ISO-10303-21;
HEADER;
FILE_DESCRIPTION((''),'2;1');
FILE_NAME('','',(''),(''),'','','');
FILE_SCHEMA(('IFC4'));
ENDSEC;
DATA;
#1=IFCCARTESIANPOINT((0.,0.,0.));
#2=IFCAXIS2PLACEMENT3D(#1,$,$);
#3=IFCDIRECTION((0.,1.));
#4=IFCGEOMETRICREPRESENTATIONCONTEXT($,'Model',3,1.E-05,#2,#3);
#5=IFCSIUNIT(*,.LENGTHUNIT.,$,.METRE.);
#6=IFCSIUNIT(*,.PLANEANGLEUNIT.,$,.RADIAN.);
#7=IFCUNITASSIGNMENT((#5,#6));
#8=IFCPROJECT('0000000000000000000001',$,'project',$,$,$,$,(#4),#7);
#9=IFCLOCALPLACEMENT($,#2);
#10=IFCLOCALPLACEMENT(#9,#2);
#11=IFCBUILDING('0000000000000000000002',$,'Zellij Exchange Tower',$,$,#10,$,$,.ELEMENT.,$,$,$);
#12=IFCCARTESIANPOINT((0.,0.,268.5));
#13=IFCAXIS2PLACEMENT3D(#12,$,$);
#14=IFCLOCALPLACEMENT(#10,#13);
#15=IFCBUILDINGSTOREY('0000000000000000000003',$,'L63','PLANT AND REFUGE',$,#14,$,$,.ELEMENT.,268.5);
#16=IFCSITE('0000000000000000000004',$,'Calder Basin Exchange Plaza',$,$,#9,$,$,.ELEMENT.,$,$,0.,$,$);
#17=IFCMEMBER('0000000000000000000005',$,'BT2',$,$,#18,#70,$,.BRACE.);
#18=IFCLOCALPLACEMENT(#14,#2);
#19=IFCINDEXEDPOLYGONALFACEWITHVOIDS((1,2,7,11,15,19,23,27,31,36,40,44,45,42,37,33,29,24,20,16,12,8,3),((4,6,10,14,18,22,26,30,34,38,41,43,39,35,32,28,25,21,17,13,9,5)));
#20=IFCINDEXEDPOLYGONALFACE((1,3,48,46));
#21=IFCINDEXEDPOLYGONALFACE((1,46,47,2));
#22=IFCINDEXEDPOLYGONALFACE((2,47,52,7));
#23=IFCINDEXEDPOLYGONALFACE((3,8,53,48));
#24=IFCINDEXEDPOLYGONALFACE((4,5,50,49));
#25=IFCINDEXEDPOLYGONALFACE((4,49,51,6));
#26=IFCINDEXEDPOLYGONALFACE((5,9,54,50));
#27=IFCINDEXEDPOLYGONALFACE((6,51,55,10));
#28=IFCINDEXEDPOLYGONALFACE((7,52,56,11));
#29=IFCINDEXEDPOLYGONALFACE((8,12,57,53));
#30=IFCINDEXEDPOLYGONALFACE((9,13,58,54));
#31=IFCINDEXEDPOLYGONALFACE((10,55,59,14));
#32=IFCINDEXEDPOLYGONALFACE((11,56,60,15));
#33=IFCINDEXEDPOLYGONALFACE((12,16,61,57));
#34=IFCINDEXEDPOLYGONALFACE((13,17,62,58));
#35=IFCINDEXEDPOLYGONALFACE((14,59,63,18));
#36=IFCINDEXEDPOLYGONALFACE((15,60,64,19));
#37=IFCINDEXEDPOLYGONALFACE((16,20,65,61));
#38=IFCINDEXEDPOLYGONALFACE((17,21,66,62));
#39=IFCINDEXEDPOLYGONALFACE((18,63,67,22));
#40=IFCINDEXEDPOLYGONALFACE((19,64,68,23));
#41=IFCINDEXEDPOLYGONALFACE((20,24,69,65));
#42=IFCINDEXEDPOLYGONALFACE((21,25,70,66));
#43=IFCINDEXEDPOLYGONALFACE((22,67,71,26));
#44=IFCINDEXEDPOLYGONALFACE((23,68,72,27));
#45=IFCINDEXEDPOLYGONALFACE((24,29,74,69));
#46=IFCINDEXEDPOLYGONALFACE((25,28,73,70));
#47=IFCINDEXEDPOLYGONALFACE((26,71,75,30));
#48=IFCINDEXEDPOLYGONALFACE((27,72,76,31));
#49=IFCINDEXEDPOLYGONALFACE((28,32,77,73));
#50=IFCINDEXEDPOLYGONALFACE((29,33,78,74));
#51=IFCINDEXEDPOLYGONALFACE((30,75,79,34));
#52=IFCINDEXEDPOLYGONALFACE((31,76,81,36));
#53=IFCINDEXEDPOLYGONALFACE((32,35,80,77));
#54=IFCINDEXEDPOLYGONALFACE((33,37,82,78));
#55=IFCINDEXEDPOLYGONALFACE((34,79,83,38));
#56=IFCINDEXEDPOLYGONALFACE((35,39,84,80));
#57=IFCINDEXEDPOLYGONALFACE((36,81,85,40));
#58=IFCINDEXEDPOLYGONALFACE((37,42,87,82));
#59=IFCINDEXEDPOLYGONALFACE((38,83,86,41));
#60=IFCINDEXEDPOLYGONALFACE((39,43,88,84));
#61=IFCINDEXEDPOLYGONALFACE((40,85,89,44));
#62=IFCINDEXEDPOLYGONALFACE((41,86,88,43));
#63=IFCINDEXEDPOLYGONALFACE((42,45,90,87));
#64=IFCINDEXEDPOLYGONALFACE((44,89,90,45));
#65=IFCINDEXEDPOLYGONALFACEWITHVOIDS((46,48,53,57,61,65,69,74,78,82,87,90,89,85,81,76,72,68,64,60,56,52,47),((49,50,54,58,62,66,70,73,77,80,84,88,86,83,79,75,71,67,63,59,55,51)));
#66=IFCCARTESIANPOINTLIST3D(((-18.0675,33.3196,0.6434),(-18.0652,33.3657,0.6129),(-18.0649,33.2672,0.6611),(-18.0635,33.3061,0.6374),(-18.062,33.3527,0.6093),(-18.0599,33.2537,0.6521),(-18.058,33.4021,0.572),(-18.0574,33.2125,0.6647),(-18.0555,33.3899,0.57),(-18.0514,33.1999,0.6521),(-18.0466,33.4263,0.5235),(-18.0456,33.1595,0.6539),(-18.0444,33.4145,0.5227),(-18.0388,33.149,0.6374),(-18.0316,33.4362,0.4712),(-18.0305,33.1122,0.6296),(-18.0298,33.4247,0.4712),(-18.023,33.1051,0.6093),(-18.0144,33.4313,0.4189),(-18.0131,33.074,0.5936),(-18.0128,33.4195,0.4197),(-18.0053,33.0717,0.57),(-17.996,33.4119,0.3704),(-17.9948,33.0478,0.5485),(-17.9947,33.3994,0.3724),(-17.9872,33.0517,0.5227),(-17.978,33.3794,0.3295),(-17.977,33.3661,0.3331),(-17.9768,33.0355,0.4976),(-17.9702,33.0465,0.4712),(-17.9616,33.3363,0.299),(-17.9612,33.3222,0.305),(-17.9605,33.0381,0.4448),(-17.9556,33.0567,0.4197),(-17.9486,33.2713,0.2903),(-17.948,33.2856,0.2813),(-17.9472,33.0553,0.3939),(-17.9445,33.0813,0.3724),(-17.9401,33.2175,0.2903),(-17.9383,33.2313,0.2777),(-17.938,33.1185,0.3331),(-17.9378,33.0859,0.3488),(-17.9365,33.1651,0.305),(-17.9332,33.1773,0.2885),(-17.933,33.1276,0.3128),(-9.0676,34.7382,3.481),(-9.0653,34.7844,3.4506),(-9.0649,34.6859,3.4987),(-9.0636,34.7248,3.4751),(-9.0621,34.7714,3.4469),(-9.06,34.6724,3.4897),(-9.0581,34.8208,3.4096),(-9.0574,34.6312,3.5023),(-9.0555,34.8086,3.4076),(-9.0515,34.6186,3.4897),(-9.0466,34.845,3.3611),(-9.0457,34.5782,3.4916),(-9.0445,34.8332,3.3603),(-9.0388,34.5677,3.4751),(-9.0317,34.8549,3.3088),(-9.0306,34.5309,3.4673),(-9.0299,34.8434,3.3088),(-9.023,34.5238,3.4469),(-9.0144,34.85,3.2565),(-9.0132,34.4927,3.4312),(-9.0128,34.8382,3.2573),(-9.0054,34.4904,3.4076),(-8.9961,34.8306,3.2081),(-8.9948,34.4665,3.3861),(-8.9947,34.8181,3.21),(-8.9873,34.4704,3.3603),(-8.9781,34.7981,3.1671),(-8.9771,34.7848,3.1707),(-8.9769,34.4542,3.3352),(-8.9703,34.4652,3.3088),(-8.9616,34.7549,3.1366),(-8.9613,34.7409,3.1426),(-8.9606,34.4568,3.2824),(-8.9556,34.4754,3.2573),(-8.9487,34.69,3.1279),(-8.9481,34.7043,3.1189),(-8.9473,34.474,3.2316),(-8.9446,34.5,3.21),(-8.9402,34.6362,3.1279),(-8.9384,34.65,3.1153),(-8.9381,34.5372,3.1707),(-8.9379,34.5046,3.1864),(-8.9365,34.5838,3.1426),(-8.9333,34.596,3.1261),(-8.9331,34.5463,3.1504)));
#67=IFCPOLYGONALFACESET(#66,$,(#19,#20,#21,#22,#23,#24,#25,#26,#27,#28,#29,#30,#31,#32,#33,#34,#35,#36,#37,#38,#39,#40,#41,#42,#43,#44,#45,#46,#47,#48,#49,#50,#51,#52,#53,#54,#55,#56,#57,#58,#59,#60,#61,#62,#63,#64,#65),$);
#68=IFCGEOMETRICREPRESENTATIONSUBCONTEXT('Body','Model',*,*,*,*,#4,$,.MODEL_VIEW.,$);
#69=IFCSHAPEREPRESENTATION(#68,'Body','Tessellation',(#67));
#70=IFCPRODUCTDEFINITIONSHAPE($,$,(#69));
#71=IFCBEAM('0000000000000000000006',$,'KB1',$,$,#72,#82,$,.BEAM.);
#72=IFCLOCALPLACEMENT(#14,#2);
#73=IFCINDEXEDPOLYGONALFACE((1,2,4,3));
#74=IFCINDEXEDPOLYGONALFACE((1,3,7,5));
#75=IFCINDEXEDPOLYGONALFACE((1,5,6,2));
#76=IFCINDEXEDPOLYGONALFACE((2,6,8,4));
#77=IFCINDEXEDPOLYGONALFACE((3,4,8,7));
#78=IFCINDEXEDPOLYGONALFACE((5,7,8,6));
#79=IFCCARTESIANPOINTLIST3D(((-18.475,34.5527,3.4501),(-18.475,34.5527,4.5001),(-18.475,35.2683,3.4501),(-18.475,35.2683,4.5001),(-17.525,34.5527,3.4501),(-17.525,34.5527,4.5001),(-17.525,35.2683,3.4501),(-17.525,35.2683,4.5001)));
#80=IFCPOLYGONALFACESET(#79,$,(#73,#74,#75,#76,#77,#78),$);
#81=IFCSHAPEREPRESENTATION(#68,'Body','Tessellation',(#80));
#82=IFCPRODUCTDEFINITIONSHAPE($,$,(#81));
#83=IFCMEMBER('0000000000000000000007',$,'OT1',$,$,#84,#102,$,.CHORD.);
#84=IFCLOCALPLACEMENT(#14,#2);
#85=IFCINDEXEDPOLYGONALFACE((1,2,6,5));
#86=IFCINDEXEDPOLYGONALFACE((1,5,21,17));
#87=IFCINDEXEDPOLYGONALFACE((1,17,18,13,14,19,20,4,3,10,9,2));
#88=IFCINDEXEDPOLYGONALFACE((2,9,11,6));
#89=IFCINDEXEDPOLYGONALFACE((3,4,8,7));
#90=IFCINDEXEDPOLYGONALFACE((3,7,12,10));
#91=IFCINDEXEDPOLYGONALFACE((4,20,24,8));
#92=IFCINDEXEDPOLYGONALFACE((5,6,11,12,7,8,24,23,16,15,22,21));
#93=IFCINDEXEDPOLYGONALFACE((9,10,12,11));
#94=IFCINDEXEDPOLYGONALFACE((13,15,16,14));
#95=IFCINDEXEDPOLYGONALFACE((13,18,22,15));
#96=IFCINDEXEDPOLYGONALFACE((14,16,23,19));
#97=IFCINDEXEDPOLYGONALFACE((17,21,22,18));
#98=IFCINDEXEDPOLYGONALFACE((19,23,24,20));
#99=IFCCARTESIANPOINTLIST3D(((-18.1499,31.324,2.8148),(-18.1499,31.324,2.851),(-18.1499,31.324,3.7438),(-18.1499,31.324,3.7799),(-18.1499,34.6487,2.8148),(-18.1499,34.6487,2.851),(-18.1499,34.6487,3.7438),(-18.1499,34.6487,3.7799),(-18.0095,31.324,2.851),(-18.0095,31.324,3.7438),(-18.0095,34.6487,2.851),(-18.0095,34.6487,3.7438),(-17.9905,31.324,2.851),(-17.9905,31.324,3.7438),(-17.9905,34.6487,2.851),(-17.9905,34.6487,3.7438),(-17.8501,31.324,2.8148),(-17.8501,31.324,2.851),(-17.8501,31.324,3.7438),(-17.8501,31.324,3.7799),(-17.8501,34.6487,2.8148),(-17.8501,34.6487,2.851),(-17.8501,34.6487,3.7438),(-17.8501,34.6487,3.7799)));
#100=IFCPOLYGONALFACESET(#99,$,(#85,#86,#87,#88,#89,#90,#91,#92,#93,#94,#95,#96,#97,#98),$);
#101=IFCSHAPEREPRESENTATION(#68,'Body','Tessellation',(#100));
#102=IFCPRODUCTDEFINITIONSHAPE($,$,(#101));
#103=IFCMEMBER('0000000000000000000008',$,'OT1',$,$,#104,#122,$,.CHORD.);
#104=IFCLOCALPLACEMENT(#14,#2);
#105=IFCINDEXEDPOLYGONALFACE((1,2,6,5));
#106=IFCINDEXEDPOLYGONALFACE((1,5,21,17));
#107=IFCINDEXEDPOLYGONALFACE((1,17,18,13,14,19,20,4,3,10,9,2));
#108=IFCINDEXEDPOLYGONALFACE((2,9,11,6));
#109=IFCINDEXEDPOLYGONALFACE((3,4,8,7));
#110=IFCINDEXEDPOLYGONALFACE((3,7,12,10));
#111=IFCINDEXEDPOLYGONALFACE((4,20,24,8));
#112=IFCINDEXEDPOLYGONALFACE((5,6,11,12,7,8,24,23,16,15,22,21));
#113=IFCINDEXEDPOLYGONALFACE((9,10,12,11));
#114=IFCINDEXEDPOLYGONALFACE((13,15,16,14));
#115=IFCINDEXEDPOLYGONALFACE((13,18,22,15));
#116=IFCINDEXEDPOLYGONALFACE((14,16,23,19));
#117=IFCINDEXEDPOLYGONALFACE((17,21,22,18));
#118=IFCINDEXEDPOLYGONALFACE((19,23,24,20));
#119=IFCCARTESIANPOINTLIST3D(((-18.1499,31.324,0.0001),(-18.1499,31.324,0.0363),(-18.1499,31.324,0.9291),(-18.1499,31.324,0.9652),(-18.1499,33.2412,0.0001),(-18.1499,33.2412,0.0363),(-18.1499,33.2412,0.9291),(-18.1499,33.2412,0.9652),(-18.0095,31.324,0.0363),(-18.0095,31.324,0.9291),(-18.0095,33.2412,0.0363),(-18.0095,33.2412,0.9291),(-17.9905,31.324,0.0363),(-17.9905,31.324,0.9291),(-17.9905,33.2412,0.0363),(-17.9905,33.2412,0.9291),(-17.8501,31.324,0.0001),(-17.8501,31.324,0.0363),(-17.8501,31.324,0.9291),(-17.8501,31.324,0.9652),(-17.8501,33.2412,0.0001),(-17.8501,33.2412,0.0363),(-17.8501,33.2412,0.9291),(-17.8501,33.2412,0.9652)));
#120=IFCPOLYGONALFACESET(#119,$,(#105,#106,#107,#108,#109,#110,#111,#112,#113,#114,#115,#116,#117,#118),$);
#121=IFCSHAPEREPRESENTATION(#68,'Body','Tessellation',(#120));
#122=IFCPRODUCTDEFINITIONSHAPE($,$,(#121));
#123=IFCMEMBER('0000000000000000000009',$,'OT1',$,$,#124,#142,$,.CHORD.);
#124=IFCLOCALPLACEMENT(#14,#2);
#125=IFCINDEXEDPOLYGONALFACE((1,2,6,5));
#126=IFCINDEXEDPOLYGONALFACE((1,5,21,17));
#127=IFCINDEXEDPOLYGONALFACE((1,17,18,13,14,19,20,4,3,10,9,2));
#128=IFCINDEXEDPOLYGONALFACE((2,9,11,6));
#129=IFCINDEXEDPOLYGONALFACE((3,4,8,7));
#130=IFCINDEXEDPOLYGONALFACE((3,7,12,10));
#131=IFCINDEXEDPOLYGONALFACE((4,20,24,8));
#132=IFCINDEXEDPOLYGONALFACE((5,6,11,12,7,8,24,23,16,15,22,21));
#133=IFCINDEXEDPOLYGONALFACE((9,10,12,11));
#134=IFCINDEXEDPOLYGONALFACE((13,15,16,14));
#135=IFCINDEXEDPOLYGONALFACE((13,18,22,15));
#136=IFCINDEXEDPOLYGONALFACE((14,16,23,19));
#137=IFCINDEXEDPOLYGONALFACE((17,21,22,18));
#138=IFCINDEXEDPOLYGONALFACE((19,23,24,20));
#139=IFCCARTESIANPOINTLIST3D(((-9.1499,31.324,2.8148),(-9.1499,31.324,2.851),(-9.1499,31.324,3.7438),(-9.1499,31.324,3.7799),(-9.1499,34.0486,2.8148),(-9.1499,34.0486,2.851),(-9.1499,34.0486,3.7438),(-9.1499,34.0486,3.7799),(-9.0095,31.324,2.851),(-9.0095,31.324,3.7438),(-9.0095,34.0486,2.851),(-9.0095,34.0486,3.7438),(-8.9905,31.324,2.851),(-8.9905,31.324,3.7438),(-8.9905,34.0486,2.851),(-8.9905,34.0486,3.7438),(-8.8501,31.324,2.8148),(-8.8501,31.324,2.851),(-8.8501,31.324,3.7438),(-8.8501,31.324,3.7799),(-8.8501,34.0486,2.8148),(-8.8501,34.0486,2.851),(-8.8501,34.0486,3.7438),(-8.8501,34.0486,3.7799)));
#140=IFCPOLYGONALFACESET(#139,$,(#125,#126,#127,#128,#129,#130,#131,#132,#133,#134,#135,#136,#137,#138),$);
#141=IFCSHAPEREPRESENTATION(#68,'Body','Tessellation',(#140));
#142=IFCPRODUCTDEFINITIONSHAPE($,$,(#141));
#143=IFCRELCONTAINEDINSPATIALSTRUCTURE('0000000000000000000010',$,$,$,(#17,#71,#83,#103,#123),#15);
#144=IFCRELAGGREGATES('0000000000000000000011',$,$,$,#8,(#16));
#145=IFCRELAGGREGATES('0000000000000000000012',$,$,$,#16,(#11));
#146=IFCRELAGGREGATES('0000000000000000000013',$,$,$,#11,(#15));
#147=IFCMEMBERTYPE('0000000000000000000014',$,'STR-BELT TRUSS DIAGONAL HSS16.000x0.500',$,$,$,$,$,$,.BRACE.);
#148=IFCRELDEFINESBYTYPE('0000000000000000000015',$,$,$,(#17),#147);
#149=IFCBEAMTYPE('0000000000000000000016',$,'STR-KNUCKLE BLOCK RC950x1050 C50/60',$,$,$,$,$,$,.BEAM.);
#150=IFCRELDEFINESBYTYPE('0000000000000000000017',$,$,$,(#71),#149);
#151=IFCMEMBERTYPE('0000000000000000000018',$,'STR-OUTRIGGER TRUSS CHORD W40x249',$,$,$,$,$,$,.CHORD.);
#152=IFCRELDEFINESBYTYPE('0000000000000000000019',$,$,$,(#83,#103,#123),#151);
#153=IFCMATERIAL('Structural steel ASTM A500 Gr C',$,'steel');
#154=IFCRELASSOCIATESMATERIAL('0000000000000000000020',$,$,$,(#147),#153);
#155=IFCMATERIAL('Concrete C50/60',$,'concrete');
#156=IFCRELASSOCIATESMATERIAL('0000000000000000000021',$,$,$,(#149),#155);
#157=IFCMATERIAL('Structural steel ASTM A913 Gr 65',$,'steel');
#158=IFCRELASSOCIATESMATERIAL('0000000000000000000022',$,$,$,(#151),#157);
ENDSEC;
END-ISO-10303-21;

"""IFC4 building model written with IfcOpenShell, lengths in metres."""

from ifc_helpers import new_model, si_unit, direction, frame, origin, origin_2d, place, context, subcontext, project, spatial, rectangle, hollow_circle, i_section, extrude, material, material_profile, profile_set, type_object, element, save


model = new_model("IFC4")

# Units and contexts
model_context = context("Model", 3, precision=1e-05, world=origin(), true_north=direction((0.0, 1.0)))
body_context = subcontext(model_context, "Body", "Model", "MODEL_VIEW")
ifc_project = project(units=[si_unit("LENGTHUNIT", "METRE"), si_unit("PLANEANGLEUNIT", "RADIAN")], contexts=[model_context])

# Site, building, storey
site_placement = place(None, origin())
site = spatial("IfcSite", under=ifc_project, at=site_placement, Name="Calder Basin Exchange Plaza", CompositionType="ELEMENT", RefElevation=0.0)
building_placement = place(site_placement, origin())
building = spatial("IfcBuilding", under=site, at=building_placement, Name="Zellij Exchange Tower", CompositionType="ELEMENT")
storey_placement = place(building_placement, frame((0.0, 0.0, 268.5)))
storey = spatial("IfcBuildingStorey", under=building, at=storey_placement, Name="L63", Description="PLANT AND REFUGE", CompositionType="ELEMENT", Elevation=268.5)

# Shared definitions
ifc_material_1 = material(Name="Concrete C50/60", Category="concrete")

# Member
ifc_material_2 = material(Name="Structural steel ASTM A500 Gr C", Category="steel")
ifc_material_profile_1 = material_profile(ifc_material_2, hollow_circle(Radius=0.2031, WallThickness=0.0117, at=origin_2d()), Name="STR-BELT TRUSS DIAGONAL HSS16.000x0.500")
ifc_profile_set_1 = profile_set([ifc_material_profile_1], Name="Structural steel ASTM A500 Gr C")
member_type_1 = type_object("IfcMemberType", Name="STR-BELT TRUSS DIAGONAL HSS16.000x0.500", PredefinedType="BRACE", material=ifc_profile_set_1)
member_1_placement = place(storey_placement, frame((-18.0, 33.2356, 0.4712), z_axis=(0.94312, 0.148667, 0.29736), x_axis=(-0.155711, 0.987803, 0.0)))
element("IfcMember", 1, at=member_1_placement, inside=storey, type_object=member_type_1, Name="BT2", PredefinedType="BRACE", context=body_context, shape_type="SweptSolid", body=[
    extrude(hollow_circle(Radius=0.2031, WallThickness=0.0117, at=origin_2d()), origin(), (0.0, 0.0, 1.0), 9.5427),
])

# Beam
ifc_material_profile_2 = material_profile(ifc_material_1, rectangle(XDim=0.95, YDim=1.05, at=origin_2d()), Name="STR-KNUCKLE BLOCK RC950x1050 C50/60")
ifc_profile_set_2 = profile_set([ifc_material_profile_2], Name="Concrete C50/60")
beam_type = type_object("IfcBeamType", Name="STR-KNUCKLE BLOCK RC950x1050 C50/60", PredefinedType="BEAM", material=ifc_profile_set_2)
beam_placement = place(storey_placement, frame((-18.0, 34.5527, 3.9751), z_axis=(0.0, 1.0, 0.0), x_axis=(-1.0, 0.0, 0.0)))
element("IfcBeam", 2, at=beam_placement, inside=storey, type_object=beam_type, Name="KB1", PredefinedType="BEAM", context=body_context, shape_type="SweptSolid", body=[
    extrude(rectangle(XDim=0.95, YDim=1.05, at=origin_2d()), origin(), (0.0, 0.0, 1.0), 0.7156),
])

# Members
ifc_material_3 = material(Name="Structural steel ASTM A913 Gr 65", Category="steel")
ifc_material_profile_3 = material_profile(ifc_material_3, i_section(OverallWidth=0.2998, OverallDepth=0.9651, WebThickness=0.019, FlangeThickness=0.0361, at=origin_2d()), Name="W40x249")
ifc_profile_set_3 = profile_set([ifc_material_profile_3], Name="Structural steel ASTM A913 Gr 65")
member_type_2 = type_object("IfcMemberType", Name="STR-OUTRIGGER TRUSS CHORD W40x249", PredefinedType="CHORD", material=ifc_profile_set_3)
member_2_placement = place(storey_placement, frame((-18.0, 31.324, 3.2974), z_axis=(0.0, 1.0, 0.0), x_axis=(-1.0, 0.0, 0.0)))
element("IfcMember", 3, at=member_2_placement, inside=storey, type_object=member_type_2, Name="OT1", PredefinedType="CHORD", context=body_context, shape_type="SweptSolid", body=[
    extrude(i_section(OverallWidth=0.2998, OverallDepth=0.9651, WebThickness=0.019, FlangeThickness=0.0361, at=origin_2d()), origin(), (0.0, 0.0, 1.0), 3.3247),
])
member_3_placement = place(storey_placement, frame((-18.0, 31.324, 0.4827), z_axis=(0.0, 1.0, 0.0), x_axis=(-1.0, 0.0, 0.0)))
element("IfcMember", 4, at=member_3_placement, inside=storey, type_object=member_type_2, Name="OT1", PredefinedType="CHORD", context=body_context, shape_type="SweptSolid", body=[
    extrude(i_section(OverallWidth=0.2998, OverallDepth=0.9651, WebThickness=0.019, FlangeThickness=0.0361, at=origin_2d()), origin(), (0.0, 0.0, 1.0), 1.9172),
])
member_4_placement = place(storey_placement, frame((-9.0, 31.324, 3.2974), z_axis=(0.0, 1.0, 0.0), x_axis=(-1.0, 0.0, 0.0)))
element("IfcMember", 5, at=member_4_placement, inside=storey, type_object=member_type_2, Name="OT1", PredefinedType="CHORD", context=body_context, shape_type="SweptSolid", body=[
    extrude(i_section(OverallWidth=0.2998, OverallDepth=0.9651, WebThickness=0.019, FlangeThickness=0.0361, at=origin_2d()), origin(), (0.0, 0.0, 1.0), 2.7246),
])

save(model, "model.ifc")
